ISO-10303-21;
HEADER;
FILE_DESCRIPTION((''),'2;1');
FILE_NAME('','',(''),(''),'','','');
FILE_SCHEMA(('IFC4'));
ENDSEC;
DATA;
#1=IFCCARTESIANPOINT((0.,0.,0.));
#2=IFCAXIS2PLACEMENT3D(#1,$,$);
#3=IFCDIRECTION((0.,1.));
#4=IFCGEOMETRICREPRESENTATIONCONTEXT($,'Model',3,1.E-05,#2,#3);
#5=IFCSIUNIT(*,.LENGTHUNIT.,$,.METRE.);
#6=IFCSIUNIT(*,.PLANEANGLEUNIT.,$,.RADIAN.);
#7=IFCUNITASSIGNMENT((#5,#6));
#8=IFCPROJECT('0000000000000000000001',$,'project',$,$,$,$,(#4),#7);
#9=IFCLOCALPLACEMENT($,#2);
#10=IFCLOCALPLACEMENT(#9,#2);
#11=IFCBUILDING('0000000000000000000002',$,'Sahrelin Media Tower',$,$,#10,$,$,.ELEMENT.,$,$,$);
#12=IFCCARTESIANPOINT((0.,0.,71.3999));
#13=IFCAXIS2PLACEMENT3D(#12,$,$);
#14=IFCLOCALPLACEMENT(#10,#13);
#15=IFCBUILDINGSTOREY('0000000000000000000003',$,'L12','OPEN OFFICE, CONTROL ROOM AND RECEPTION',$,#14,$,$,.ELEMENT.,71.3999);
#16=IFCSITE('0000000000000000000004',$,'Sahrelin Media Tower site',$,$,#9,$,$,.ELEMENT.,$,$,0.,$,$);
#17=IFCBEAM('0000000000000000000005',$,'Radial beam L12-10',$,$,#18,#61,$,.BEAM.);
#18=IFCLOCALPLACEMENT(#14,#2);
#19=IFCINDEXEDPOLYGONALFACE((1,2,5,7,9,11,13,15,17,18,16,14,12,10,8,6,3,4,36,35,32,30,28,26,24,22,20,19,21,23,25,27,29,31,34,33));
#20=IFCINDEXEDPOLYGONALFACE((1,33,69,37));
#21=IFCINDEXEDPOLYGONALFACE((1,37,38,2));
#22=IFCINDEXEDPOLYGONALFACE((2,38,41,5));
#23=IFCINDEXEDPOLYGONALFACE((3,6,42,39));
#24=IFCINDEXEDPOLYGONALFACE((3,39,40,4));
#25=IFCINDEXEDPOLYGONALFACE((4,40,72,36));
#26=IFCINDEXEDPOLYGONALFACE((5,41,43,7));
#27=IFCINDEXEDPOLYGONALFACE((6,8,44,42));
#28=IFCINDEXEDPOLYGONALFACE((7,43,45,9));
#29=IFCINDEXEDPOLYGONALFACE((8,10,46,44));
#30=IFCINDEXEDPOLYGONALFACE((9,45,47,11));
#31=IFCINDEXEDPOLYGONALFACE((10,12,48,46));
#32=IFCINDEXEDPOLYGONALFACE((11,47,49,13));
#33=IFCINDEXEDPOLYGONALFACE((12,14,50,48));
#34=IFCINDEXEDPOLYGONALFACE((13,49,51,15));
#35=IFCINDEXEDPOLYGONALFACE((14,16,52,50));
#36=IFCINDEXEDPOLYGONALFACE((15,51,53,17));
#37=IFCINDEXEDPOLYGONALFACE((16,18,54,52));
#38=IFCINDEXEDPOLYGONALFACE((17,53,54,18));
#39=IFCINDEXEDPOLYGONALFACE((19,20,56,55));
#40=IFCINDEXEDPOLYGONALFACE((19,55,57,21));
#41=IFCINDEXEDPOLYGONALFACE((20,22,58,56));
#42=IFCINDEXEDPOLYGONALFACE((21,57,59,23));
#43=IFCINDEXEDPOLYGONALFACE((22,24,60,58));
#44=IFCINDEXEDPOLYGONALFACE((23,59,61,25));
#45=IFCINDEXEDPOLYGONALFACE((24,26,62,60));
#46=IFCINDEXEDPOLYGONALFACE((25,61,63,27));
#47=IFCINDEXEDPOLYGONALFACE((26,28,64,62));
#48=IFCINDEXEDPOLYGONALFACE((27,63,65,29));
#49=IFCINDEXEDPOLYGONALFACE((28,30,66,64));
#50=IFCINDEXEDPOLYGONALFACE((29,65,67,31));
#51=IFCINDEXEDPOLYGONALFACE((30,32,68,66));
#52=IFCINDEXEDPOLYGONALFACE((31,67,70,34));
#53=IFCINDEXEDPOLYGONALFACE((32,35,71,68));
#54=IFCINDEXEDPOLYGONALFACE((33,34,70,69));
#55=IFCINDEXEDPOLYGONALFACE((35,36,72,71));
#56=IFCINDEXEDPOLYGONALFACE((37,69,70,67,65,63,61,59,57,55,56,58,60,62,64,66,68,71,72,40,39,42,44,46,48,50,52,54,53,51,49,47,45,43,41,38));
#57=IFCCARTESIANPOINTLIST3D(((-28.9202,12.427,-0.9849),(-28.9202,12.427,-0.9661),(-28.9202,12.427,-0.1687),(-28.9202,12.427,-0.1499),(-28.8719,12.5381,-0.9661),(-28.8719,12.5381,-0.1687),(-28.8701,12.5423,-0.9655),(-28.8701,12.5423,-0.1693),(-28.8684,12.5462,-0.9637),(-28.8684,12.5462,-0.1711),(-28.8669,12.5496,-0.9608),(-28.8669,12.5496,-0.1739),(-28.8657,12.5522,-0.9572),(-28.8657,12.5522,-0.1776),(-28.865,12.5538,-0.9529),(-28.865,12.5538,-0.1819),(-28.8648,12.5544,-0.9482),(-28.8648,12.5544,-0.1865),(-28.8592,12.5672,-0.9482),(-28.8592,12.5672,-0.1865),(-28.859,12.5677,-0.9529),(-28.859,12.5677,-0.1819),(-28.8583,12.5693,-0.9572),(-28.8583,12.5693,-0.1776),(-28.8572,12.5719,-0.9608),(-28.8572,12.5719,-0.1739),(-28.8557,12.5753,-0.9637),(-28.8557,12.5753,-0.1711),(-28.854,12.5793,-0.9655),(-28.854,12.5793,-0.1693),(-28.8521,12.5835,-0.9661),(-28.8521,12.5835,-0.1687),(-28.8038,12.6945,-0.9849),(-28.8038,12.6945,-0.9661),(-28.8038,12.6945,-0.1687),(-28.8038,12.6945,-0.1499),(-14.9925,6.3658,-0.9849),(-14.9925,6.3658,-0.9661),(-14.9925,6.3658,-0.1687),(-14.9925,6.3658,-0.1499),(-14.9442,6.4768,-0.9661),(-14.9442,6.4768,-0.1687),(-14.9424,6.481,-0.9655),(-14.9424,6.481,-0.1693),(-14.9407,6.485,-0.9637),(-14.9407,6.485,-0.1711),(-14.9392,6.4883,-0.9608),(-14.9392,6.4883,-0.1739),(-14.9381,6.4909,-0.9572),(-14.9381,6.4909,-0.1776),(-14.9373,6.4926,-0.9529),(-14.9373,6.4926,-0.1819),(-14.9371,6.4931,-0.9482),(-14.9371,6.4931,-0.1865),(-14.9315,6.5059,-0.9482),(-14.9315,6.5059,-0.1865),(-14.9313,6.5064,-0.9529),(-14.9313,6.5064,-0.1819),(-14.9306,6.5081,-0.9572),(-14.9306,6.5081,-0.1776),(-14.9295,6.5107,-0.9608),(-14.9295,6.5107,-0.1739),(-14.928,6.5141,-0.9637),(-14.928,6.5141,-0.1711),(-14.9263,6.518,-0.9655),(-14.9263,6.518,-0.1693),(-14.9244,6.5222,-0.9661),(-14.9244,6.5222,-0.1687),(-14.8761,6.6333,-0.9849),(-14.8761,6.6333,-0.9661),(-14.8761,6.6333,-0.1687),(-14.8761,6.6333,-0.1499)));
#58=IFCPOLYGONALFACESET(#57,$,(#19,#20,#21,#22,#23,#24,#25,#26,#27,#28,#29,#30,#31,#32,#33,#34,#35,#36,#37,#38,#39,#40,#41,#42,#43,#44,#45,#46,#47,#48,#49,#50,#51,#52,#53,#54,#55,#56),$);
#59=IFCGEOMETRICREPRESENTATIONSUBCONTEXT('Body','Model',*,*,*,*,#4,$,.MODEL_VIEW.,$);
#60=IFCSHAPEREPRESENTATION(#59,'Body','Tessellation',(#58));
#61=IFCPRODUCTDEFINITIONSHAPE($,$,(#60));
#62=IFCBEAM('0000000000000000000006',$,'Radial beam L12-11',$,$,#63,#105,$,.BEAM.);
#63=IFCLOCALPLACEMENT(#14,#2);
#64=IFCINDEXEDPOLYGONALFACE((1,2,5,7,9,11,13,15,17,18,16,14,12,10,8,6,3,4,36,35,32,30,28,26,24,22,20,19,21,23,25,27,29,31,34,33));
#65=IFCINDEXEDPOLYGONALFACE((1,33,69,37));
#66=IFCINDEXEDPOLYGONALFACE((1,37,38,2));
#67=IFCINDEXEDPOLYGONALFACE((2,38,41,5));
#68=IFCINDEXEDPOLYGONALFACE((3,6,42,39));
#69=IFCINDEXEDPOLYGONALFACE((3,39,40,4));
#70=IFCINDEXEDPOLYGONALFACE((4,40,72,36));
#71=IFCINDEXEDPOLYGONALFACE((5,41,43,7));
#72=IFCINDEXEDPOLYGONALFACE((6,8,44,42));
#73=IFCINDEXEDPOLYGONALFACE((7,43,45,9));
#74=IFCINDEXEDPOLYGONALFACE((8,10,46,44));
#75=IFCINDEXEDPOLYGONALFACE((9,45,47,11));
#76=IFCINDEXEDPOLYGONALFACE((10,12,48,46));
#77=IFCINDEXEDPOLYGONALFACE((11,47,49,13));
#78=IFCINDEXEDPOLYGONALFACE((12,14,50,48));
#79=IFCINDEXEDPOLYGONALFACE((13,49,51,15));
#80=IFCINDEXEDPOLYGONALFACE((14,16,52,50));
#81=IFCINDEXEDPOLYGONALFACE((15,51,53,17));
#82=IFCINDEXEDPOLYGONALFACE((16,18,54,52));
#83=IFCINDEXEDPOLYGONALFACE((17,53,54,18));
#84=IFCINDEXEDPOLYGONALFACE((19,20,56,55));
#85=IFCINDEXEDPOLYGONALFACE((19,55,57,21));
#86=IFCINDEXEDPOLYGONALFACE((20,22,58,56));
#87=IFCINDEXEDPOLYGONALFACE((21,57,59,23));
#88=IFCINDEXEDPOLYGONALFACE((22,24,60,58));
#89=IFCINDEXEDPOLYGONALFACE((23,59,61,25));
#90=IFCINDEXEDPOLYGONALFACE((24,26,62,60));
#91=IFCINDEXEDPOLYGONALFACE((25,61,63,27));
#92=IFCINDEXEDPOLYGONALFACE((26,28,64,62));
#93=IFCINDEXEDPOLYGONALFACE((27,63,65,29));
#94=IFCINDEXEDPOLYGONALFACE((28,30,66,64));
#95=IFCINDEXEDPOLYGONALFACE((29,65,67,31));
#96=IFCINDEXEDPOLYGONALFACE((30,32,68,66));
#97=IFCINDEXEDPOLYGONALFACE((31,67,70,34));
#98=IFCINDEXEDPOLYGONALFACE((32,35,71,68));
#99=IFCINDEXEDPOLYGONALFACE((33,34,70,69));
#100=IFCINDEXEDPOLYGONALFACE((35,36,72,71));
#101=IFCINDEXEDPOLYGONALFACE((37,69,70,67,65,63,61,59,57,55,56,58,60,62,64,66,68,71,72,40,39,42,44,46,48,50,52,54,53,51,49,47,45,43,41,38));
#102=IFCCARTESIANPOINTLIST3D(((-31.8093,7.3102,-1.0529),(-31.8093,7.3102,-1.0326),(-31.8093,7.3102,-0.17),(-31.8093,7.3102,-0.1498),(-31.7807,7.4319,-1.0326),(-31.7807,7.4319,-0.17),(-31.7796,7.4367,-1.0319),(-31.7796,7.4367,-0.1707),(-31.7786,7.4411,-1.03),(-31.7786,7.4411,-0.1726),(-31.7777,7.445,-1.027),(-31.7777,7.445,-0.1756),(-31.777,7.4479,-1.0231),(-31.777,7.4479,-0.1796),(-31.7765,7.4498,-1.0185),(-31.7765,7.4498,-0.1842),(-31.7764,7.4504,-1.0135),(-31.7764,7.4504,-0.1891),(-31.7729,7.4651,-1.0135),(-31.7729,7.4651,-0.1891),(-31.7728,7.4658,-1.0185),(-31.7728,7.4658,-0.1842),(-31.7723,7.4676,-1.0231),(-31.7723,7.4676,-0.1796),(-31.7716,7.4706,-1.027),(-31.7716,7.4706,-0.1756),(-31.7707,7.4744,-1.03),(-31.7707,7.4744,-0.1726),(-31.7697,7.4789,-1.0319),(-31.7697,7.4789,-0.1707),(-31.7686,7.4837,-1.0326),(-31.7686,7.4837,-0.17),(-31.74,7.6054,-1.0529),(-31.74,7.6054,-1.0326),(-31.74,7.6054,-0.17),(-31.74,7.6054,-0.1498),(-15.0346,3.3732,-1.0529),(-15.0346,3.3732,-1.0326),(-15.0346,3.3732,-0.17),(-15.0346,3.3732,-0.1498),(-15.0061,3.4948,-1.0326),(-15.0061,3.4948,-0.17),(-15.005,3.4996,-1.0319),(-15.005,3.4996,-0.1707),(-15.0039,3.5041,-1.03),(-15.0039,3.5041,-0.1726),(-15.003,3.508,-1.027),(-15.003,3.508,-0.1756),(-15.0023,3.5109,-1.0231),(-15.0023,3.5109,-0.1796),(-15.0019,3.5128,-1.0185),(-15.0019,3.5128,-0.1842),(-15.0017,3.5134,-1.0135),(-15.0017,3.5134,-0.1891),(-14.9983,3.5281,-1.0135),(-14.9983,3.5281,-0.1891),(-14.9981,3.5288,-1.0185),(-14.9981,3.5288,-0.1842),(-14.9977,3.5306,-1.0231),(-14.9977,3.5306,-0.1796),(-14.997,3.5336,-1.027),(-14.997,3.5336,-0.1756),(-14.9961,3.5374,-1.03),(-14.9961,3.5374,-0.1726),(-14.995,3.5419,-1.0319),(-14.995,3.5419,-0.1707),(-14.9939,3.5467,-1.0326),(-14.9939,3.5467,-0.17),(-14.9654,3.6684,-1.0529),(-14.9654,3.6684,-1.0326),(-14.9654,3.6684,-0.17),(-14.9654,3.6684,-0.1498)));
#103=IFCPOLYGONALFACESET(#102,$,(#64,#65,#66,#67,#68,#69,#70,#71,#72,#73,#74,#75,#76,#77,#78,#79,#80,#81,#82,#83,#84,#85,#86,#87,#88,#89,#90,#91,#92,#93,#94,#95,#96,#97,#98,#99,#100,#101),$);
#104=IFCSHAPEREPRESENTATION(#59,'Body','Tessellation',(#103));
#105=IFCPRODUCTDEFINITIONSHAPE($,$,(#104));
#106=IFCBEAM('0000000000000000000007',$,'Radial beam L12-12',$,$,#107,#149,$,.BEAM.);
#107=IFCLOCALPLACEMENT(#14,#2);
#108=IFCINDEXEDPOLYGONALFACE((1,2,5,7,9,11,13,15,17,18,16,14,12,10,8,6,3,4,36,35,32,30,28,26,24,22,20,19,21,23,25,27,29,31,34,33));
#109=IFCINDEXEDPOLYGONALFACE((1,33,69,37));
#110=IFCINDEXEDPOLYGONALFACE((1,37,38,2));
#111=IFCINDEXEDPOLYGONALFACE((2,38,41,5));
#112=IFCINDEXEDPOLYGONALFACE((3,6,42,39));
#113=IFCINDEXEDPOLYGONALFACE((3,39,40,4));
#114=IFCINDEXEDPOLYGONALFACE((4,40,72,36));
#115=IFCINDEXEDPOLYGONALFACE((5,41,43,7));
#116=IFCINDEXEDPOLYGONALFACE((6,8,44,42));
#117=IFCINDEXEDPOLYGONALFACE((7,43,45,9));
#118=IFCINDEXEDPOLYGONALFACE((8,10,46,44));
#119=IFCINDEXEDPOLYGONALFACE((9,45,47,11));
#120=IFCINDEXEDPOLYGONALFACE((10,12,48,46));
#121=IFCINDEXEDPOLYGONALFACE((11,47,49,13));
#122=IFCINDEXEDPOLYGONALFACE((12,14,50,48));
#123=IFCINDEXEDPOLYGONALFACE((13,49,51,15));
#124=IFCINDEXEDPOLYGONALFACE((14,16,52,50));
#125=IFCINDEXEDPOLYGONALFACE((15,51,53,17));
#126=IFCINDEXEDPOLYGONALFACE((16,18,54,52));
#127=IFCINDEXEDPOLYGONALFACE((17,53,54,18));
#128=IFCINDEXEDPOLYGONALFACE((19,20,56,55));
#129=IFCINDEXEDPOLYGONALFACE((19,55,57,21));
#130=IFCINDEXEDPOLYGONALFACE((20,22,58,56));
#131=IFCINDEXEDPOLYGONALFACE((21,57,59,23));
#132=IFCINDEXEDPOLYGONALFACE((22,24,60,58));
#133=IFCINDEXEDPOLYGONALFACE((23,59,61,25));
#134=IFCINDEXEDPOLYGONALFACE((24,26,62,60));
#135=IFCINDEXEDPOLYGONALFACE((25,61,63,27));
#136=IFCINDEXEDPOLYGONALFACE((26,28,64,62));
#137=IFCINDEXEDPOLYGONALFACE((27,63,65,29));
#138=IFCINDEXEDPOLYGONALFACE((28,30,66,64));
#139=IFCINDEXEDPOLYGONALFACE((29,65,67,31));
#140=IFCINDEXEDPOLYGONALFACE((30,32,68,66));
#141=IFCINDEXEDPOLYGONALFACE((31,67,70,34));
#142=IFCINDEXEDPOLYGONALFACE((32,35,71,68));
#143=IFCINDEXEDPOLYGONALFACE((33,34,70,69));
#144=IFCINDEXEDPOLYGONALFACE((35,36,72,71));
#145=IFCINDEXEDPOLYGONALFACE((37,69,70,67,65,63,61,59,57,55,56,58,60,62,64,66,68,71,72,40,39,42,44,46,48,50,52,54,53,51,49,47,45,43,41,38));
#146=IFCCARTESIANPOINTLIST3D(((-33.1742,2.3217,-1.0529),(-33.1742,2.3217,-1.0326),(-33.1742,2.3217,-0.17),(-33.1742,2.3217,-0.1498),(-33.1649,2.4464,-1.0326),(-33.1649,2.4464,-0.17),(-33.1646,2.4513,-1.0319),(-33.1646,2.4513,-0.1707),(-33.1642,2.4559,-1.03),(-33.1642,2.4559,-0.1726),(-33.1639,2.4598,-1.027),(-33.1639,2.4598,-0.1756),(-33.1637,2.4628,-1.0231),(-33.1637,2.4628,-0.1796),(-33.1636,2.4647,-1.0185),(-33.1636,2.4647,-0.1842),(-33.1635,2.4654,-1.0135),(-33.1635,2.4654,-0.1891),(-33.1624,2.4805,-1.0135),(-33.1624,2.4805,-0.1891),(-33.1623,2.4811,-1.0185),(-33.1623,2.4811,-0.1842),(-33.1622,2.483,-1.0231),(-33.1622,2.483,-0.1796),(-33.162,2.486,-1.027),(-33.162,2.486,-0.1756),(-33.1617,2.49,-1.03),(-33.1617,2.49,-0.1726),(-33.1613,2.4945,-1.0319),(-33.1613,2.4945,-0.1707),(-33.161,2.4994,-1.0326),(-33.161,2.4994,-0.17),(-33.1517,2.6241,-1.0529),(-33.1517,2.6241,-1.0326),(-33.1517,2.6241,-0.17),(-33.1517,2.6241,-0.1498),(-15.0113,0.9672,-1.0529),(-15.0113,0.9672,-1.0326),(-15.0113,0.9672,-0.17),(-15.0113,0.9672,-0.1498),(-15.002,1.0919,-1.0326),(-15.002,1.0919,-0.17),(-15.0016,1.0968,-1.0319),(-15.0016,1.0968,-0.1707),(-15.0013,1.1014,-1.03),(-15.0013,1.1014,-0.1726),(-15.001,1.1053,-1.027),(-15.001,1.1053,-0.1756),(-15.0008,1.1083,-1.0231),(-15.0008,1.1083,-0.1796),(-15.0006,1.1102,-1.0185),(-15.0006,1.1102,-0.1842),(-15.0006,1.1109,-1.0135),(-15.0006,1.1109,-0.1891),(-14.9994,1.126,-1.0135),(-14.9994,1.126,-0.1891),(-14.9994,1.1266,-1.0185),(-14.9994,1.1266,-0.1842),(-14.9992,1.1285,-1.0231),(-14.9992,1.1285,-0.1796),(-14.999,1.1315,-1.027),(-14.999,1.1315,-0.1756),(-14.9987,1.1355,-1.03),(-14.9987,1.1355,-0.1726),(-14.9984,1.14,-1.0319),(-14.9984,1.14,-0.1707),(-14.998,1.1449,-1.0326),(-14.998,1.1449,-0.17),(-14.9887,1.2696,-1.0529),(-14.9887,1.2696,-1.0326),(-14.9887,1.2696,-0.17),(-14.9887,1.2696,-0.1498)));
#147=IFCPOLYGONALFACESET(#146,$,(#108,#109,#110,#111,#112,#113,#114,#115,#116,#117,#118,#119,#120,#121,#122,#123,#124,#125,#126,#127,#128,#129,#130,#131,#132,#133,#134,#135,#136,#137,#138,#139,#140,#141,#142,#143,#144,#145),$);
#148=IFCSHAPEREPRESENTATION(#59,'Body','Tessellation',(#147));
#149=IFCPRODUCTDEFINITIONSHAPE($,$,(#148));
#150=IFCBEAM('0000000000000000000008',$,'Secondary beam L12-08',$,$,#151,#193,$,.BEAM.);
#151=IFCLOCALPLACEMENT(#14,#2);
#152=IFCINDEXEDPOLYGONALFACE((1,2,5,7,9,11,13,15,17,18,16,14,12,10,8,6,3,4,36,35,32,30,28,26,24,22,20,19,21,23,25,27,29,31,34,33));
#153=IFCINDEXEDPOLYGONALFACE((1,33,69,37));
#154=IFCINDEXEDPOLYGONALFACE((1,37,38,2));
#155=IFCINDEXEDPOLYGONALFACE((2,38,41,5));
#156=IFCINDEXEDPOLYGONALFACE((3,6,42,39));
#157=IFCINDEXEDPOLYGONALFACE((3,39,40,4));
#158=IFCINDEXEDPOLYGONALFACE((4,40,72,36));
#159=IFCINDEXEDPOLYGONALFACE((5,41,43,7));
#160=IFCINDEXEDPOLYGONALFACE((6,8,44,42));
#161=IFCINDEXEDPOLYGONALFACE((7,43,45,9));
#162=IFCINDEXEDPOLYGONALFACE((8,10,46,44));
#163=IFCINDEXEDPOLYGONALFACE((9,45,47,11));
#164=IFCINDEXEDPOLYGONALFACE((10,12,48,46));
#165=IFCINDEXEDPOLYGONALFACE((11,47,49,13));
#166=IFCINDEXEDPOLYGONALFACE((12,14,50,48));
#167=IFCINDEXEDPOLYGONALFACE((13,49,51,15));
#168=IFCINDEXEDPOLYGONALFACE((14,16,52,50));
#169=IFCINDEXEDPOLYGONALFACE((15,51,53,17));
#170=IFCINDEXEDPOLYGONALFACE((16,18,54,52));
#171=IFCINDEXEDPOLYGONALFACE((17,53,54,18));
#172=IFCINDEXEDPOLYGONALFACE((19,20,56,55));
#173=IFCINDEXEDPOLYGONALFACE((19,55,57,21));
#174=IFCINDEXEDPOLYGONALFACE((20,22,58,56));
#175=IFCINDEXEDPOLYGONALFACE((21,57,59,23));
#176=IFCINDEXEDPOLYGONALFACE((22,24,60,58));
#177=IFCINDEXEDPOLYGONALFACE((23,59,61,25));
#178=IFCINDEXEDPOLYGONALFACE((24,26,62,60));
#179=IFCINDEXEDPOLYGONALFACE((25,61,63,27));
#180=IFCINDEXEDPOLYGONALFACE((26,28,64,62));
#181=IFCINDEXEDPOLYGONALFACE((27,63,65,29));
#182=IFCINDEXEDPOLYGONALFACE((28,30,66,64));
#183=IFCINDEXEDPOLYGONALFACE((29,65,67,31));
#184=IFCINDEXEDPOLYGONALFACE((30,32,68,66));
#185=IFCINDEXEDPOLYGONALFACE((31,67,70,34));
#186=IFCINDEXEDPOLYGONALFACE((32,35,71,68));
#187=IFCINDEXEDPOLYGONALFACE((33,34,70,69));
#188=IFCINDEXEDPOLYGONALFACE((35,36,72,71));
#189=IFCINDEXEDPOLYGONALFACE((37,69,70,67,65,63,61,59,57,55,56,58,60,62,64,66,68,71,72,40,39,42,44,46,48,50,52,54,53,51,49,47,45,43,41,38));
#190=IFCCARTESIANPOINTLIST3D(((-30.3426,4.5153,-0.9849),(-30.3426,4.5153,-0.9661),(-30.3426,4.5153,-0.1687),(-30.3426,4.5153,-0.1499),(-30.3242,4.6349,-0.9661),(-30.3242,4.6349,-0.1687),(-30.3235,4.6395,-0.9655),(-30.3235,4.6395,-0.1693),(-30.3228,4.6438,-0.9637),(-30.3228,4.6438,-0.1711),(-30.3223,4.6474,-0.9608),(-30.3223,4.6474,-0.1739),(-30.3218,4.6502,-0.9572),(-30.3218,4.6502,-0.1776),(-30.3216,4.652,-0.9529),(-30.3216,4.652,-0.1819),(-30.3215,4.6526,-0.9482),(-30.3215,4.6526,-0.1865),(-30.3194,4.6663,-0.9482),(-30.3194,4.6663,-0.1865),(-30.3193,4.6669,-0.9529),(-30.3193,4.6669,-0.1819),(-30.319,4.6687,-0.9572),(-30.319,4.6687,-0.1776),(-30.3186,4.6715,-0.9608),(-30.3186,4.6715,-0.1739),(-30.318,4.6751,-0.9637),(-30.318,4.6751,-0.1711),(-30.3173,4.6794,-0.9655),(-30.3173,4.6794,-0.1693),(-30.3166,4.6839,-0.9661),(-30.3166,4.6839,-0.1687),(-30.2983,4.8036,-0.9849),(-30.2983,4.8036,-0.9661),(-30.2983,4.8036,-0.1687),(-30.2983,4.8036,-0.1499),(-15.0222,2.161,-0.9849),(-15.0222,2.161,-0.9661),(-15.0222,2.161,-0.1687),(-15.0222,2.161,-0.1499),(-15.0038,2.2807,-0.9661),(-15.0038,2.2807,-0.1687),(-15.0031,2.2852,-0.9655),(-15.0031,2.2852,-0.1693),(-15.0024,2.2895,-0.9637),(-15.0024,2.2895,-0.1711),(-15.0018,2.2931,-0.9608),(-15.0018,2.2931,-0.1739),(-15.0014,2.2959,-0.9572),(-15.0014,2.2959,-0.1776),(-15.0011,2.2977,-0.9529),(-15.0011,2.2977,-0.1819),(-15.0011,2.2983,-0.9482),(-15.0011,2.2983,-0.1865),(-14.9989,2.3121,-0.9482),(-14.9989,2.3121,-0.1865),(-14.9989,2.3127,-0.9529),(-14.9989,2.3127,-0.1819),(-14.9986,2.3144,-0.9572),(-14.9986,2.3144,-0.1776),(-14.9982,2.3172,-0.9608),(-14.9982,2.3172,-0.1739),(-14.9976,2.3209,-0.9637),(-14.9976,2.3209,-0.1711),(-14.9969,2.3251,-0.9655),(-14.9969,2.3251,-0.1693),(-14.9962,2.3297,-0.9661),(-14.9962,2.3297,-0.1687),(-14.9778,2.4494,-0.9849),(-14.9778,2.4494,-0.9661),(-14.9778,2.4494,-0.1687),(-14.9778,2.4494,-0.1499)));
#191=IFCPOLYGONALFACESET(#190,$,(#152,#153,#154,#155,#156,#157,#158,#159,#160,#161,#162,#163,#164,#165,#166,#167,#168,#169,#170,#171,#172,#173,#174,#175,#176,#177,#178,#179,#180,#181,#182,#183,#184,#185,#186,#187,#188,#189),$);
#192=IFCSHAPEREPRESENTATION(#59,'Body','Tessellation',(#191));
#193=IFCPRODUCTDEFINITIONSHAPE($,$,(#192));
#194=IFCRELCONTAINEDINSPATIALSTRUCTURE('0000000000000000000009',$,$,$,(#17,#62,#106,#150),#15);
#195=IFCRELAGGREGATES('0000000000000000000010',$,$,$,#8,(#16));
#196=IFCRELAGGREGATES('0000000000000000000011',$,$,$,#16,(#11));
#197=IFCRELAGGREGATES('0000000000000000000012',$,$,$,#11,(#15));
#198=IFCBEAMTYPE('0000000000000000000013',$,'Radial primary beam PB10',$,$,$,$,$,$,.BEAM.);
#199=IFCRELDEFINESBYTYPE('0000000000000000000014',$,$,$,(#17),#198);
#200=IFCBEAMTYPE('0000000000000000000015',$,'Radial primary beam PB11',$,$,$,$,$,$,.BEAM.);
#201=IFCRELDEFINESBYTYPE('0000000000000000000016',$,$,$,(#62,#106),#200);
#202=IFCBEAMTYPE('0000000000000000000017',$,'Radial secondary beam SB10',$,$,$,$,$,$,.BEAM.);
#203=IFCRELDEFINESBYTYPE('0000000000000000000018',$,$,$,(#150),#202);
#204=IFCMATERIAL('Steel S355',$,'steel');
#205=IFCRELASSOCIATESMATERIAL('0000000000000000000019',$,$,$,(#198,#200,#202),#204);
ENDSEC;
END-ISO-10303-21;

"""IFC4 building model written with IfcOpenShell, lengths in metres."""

from ifc_helpers import new_model, si_unit, direction, frame, origin, origin_2d, place, context, subcontext, project, spatial, i_section, extrude, material, material_profile, profile_set, type_object, element, save


model = new_model("IFC4")

# Units and contexts
model_context = context("Model", 3, precision=1e-05, world=origin(), true_north=direction((0.0, 1.0)))
body_context = subcontext(model_context, "Body", "Model", "MODEL_VIEW")
ifc_project = project(units=[si_unit("LENGTHUNIT", "METRE"), si_unit("PLANEANGLEUNIT", "RADIAN")], contexts=[model_context])

# Site, building, storey
site_placement = place(None, origin())
site = spatial("IfcSite", under=ifc_project, at=site_placement, Name="Sahrelin Media Tower site", CompositionType="ELEMENT", RefElevation=0.0)
building_placement = place(site_placement, origin())
building = spatial("IfcBuilding", under=site, at=building_placement, Name="Sahrelin Media Tower", CompositionType="ELEMENT")
storey_placement = place(building_placement, frame((0.0, 0.0, 71.3999)))
storey = spatial("IfcBuildingStorey", under=building, at=storey_placement, Name="L12", Description="OPEN OFFICE, CONTROL ROOM AND RECEPTION", CompositionType="ELEMENT", Elevation=71.3999)

# Beams
ifc_material_1 = material(Name="Steel S355", Category="steel")
ifc_material_profile_1 = material_profile(ifc_material_1, i_section(OverallWidth=0.2917, OverallDepth=0.835, WebThickness=0.0139, FlangeThickness=0.0188, FilletRadius=0.0178, at=origin_2d()), Name="UB 838x292x176")
ifc_profile_set_1 = profile_set([ifc_material_profile_1], Name="Steel S355")
beam_type_1 = type_object("IfcBeamType", Name="Radial primary beam PB10", PredefinedType="BEAM", material=ifc_profile_set_1)
beam_1_placement = place(storey_placement, frame((-14.9343, 6.4995, -0.5674), z_axis=(-0.916932, 0.399044, 0.0), x_axis=(-0.399044, -0.916932, 0.0)))
element("IfcBeam", 1, at=beam_1_placement, inside=storey, type_object=beam_type_1, Name="Radial beam L12-10", PredefinedType="BEAM", context=body_context, shape_type="SweptSolid", body=[
    extrude(i_section(OverallWidth=0.2917, OverallDepth=0.835, WebThickness=0.0139, FlangeThickness=0.0188, FilletRadius=0.0178, at=origin_2d()), origin(), (0.0, 0.0, 1.0), 15.1895),
])
ifc_material_profile_2 = material_profile(ifc_material_1, i_section(OverallWidth=0.3032, OverallDepth=0.9031, WebThickness=0.0151, FlangeThickness=0.0203, FilletRadius=0.019, at=origin_2d()), Name="UB 914x305x201")
ifc_profile_set_2 = profile_set([ifc_material_profile_2], Name="Steel S355")
beam_type_2 = type_object("IfcBeamType", Name="Radial primary beam PB11", PredefinedType="BEAM", material=ifc_profile_set_2)
beam_2_placement = place(storey_placement, frame((-15.0, 3.5208, -0.6013), z_axis=(-0.973546, 0.228491, 0.0), x_axis=(-0.228491, -0.973546, 0.0)))
element("IfcBeam", 2, at=beam_2_placement, inside=storey, type_object=beam_type_2, Name="Radial beam L12-11", PredefinedType="BEAM", context=body_context, shape_type="SweptSolid", body=[
    extrude(i_section(OverallWidth=0.3032, OverallDepth=0.9031, WebThickness=0.0151, FlangeThickness=0.0203, FilletRadius=0.019, at=origin_2d()), origin(), (0.0, 0.0, 1.0), 17.2305),
])
beam_3_placement = place(storey_placement, frame((-15.0, 1.1184, -0.6013), z_axis=(-0.997231, 0.074368, 0.0), x_axis=(-0.074368, -0.997231, 0.0)))
element("IfcBeam", 3, at=beam_3_placement, inside=storey, type_object=beam_type_2, Name="Radial beam L12-12", PredefinedType="BEAM", context=body_context, shape_type="SweptSolid", body=[
    extrude(i_section(OverallWidth=0.3032, OverallDepth=0.9031, WebThickness=0.0151, FlangeThickness=0.0203, FilletRadius=0.019, at=origin_2d()), origin(), (0.0, 0.0, 1.0), 18.2134),
])
ifc_material_profile_3 = material_profile(ifc_material_1, i_section(OverallWidth=0.2917, OverallDepth=0.835, WebThickness=0.0139, FlangeThickness=0.0188, FilletRadius=0.0178, at=origin_2d()), Name="UB 838x292x176")
ifc_profile_set_3 = profile_set([ifc_material_profile_3], Name="Steel S355")
beam_type_3 = type_object("IfcBeamType", Name="Radial secondary beam SB10", PredefinedType="BEAM", material=ifc_profile_set_3)
beam_4_placement = place(storey_placement, frame((-15.0, 2.3052, -0.5674), z_axis=(-0.988398, 0.151886, 0.0), x_axis=(-0.151886, -0.988398, 0.0)))
element("IfcBeam", 4, at=beam_4_placement, inside=storey, type_object=beam_type_3, Name="Secondary beam L12-08", PredefinedType="BEAM", context=body_context, shape_type="SweptSolid", body=[
    extrude(i_section(OverallWidth=0.2917, OverallDepth=0.835, WebThickness=0.0139, FlangeThickness=0.0188, FilletRadius=0.0178, at=origin_2d()), origin(), (0.0, 0.0, 1.0), 15.5002),
])

save(model, "model.ifc")
